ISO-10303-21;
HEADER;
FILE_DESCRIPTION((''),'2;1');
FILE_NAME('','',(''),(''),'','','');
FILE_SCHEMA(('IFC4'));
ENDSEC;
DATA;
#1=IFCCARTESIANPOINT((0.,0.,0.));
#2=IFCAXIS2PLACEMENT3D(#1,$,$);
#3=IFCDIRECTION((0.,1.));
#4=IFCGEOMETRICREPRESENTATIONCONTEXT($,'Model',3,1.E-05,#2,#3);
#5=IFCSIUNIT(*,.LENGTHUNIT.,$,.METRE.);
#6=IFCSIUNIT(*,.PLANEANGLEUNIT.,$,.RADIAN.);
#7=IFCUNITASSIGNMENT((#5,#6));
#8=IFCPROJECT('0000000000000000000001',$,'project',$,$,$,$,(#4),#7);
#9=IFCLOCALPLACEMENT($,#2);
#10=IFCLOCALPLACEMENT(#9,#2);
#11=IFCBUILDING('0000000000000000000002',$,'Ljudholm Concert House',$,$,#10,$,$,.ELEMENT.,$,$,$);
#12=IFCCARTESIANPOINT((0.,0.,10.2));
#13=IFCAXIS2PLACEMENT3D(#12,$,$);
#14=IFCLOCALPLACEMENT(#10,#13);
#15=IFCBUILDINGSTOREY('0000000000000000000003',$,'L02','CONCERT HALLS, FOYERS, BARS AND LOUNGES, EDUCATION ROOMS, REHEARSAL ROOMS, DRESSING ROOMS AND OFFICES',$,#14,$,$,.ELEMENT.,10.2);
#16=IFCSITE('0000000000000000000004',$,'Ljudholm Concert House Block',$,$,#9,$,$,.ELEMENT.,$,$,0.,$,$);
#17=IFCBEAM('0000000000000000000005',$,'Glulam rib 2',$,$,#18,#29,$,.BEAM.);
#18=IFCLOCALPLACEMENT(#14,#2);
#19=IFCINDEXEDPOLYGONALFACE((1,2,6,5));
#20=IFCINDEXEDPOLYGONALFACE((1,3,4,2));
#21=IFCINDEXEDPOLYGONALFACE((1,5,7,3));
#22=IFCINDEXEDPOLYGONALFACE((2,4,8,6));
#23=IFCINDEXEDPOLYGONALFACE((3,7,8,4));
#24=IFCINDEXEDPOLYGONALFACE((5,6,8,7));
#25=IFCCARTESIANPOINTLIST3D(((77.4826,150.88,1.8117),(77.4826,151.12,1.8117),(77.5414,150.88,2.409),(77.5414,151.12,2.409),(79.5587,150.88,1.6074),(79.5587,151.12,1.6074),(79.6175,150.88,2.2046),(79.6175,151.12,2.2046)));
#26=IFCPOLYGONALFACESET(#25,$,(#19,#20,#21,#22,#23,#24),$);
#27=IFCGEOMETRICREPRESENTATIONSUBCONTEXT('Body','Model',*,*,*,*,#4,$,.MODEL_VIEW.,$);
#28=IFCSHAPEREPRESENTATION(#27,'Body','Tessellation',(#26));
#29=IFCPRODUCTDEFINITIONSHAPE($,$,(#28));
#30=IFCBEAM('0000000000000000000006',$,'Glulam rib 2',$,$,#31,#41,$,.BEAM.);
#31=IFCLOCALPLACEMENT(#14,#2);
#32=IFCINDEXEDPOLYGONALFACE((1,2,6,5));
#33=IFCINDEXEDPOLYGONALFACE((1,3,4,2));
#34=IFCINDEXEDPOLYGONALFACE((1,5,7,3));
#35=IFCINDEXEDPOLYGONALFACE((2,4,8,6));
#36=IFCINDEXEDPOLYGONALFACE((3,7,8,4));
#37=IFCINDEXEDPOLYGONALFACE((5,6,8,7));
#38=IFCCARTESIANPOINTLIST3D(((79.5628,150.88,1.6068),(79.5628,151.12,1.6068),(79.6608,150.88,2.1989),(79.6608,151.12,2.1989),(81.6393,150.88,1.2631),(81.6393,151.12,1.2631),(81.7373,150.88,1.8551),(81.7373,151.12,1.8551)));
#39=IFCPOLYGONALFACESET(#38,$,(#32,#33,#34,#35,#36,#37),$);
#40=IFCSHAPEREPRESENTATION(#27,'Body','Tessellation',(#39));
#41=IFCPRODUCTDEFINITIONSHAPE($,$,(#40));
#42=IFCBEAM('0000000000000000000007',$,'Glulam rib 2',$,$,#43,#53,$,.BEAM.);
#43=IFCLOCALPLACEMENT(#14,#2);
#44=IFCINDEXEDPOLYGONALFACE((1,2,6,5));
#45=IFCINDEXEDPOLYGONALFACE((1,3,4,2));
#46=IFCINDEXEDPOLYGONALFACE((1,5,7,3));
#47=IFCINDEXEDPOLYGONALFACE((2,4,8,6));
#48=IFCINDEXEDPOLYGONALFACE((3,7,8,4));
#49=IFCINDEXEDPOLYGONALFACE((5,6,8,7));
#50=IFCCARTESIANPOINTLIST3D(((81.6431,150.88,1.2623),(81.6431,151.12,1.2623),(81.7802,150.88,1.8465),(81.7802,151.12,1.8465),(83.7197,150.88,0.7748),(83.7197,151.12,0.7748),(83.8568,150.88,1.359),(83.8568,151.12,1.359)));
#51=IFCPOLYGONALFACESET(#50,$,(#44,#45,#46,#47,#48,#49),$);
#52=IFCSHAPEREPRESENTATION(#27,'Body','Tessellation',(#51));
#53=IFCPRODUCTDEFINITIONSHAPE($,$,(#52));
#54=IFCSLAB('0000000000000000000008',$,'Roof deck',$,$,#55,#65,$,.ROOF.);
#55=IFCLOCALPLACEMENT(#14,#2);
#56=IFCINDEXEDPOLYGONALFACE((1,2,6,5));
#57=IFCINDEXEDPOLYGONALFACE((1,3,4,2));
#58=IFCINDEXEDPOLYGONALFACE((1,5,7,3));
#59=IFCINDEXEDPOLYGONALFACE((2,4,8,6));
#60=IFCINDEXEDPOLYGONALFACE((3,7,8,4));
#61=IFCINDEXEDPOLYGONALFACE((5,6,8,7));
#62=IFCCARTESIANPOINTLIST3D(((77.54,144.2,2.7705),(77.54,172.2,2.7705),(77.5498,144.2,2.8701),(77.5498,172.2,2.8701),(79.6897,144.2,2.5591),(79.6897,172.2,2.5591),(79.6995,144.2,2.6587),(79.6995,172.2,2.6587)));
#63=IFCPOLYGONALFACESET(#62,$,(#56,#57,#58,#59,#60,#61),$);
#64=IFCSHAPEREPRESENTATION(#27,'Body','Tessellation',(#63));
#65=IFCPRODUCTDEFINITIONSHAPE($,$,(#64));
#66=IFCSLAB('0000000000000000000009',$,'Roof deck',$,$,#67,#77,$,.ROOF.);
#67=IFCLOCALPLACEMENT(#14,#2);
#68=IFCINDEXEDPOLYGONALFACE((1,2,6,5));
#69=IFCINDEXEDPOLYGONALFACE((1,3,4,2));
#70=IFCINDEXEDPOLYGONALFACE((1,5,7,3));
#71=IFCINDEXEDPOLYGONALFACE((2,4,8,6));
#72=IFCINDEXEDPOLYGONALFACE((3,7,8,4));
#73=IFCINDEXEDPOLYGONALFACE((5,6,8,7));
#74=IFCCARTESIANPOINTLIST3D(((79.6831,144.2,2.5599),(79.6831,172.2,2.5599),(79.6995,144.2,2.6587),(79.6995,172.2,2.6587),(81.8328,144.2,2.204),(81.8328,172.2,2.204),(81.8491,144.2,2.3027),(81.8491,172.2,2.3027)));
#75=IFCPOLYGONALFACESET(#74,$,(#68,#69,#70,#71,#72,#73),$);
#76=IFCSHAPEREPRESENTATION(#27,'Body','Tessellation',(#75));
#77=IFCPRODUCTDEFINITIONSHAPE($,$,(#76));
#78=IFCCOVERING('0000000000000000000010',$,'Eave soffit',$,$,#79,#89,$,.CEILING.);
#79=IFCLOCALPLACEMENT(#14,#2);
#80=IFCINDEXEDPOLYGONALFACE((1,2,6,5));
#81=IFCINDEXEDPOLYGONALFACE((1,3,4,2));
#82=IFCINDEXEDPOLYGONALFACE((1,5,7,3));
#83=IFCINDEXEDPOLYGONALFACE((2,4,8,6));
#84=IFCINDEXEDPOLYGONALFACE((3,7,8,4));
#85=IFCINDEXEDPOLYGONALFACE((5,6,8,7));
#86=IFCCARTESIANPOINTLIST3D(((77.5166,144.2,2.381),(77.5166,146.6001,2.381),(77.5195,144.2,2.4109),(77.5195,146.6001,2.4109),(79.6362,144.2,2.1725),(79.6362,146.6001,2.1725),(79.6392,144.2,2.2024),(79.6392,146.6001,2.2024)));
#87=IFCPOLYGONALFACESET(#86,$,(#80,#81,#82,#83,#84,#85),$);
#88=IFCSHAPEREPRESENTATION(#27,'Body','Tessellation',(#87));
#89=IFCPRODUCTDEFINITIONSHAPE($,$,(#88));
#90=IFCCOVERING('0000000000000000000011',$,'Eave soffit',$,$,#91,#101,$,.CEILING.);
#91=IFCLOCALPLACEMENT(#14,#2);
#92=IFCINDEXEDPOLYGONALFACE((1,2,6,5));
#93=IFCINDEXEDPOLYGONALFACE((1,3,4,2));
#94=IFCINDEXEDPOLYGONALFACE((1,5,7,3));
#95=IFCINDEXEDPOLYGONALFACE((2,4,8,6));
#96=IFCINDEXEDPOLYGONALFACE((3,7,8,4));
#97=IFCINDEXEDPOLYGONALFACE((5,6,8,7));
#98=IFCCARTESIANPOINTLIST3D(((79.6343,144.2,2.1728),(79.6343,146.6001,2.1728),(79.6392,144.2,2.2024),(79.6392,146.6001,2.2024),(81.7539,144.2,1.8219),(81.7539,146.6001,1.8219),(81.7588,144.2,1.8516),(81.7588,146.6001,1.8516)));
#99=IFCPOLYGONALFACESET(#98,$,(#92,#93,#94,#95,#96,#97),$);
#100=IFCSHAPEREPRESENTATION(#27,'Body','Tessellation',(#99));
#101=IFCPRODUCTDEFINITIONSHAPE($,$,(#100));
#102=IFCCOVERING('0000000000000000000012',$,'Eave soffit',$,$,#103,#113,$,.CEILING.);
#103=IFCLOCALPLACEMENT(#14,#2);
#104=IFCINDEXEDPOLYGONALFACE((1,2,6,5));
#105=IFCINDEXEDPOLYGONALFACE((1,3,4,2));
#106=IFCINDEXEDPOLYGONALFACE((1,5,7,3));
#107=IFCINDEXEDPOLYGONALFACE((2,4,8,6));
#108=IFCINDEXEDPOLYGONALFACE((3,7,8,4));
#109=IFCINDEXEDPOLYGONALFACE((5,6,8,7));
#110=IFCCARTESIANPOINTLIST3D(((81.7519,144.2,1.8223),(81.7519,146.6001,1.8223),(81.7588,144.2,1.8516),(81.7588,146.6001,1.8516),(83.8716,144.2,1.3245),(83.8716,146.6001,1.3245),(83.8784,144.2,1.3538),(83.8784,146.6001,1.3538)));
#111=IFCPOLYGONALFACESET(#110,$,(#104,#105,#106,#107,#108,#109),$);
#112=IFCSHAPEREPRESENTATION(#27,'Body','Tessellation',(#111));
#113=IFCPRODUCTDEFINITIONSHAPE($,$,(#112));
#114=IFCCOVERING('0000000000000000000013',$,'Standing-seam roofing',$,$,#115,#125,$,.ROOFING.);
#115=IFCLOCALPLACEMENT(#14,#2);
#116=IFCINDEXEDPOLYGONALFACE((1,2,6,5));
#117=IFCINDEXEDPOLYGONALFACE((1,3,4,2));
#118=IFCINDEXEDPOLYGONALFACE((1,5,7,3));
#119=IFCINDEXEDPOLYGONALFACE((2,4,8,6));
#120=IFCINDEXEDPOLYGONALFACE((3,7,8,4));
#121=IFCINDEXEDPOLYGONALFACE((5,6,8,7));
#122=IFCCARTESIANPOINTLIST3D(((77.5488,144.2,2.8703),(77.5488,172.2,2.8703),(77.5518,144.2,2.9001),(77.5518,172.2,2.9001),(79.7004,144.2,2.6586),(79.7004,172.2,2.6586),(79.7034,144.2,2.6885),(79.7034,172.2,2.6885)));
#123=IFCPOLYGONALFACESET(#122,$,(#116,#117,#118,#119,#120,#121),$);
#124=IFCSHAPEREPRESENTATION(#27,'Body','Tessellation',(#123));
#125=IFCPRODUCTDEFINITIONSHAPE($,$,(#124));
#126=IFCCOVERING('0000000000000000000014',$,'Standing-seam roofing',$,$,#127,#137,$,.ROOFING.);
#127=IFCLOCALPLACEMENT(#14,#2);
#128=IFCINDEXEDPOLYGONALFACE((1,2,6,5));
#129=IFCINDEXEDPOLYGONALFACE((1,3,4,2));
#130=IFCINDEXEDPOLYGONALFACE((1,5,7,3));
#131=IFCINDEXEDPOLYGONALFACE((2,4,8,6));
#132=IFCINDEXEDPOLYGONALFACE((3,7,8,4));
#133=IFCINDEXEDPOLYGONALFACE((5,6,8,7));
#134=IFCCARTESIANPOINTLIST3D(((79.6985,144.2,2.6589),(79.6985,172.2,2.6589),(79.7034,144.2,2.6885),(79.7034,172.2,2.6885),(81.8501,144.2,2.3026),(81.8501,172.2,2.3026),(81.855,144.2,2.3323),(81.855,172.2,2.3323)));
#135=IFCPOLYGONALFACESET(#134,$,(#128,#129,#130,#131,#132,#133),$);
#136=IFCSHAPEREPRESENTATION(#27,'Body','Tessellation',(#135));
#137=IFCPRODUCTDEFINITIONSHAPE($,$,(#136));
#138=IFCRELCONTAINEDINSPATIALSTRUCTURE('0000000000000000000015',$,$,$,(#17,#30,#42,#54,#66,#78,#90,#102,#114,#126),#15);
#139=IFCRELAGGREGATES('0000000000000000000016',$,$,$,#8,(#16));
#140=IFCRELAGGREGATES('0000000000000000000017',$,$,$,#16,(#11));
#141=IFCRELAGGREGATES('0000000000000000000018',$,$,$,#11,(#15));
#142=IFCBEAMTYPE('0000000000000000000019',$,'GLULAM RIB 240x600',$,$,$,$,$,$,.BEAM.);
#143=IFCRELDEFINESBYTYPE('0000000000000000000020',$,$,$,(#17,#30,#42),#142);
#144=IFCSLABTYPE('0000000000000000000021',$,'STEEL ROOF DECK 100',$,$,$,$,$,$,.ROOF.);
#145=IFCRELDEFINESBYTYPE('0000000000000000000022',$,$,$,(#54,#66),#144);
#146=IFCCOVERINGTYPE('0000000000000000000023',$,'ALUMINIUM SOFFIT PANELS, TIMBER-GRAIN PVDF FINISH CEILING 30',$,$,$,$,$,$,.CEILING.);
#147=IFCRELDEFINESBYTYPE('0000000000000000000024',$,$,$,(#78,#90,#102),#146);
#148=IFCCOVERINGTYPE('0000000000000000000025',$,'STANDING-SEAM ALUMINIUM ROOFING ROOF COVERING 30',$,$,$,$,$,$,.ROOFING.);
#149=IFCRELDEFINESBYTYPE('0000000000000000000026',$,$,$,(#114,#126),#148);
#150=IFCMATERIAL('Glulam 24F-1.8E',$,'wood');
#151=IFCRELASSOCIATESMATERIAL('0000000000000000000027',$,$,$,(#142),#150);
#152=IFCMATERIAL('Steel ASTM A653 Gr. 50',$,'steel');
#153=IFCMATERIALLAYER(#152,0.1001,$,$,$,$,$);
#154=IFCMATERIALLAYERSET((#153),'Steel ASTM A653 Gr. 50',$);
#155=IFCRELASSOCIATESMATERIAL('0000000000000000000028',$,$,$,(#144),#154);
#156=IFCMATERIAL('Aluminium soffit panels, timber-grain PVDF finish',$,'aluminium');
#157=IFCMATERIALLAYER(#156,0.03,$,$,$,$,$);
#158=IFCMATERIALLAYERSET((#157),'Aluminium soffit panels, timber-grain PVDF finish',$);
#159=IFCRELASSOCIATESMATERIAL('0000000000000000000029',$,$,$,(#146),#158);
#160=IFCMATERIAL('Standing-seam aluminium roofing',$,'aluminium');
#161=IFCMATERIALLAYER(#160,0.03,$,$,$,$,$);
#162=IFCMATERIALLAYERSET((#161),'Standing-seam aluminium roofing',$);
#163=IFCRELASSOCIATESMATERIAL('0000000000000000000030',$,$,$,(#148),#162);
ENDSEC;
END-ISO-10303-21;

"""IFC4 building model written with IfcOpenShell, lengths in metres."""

from ifc_helpers import new_model, si_unit, direction, frame, origin, origin_2d, place, context, subcontext, project, spatial, polyline, rectangle, outline, extrude, material, layer, layer_set, material_profile, profile_set, type_object, element, save


model = new_model("IFC4")

# Units and contexts
model_context = context("Model", 3, precision=1e-05, world=origin(), true_north=direction((0.0, 1.0)))
body_context = subcontext(model_context, "Body", "Model", "MODEL_VIEW")
ifc_project = project(units=[si_unit("LENGTHUNIT", "METRE"), si_unit("PLANEANGLEUNIT", "RADIAN")], contexts=[model_context])

# Site, building, storey
site_placement = place(None, origin())
site = spatial("IfcSite", under=ifc_project, at=site_placement, Name="Ljudholm Concert House Block", CompositionType="ELEMENT", RefElevation=0.0)
building_placement = place(site_placement, origin())
building = spatial("IfcBuilding", under=site, at=building_placement, Name="Ljudholm Concert House", CompositionType="ELEMENT")
storey_placement = place(building_placement, frame((0.0, 0.0, 10.2)))
storey = spatial("IfcBuildingStorey", under=building, at=storey_placement, Name="L02", Description="CONCERT HALLS, FOYERS, BARS AND LOUNGES, EDUCATION ROOMS, REHEARSAL ROOMS, DRESSING ROOMS AND OFFICES", CompositionType="ELEMENT", Elevation=10.2)

# Beams
ifc_material_1 = material(Name="Glulam 24F-1.8E", Category="wood")
ifc_material_profile_1 = material_profile(ifc_material_1, rectangle(XDim=0.24, YDim=0.6001, at=origin_2d()), Name="GLULAM RIB 240x600")
ifc_profile_set_1 = profile_set([ifc_material_profile_1], Name="Glulam 24F-1.8E")
beam_type = type_object("IfcBeamType", Name="GLULAM RIB 240x600", PredefinedType="BEAM", material=ifc_profile_set_1)
beam_1_placement = place(storey_placement, frame((77.512, 151.0, 2.1104), z_axis=(0.995191, 0.0, -0.097951), x_axis=(0.0, 1.0, 0.0)))
element("IfcBeam", 1, at=beam_1_placement, inside=storey, type_object=beam_type, Name="Glulam rib 2", PredefinedType="BEAM", context=body_context, shape_type="SweptSolid", body=[
    extrude(rectangle(XDim=0.24, YDim=0.6001, at=origin_2d()), origin(), (0.0, 0.0, 1.0), 2.0862),
])
beam_2_placement = place(storey_placement, frame((79.6118, 151.0, 1.9028), z_axis=(0.986572, 0.0, -0.163327), x_axis=(0.0, 1.0, 0.0)))
element("IfcBeam", 2, at=beam_2_placement, inside=storey, type_object=beam_type, Name="Glulam rib 2", PredefinedType="BEAM", context=body_context, shape_type="SweptSolid", body=[
    extrude(rectangle(XDim=0.24, YDim=0.6001, at=origin_2d()), origin(), (0.0, 0.0, 1.0), 2.1047),
])
beam_3_placement = place(storey_placement, frame((81.7117, 151.0, 1.5544), z_axis=(0.97353, 0.0, -0.228561), x_axis=(0.0, 1.0, 0.0)))
element("IfcBeam", 3, at=beam_3_placement, inside=storey, type_object=beam_type, Name="Glulam rib 2", PredefinedType="BEAM", context=body_context, shape_type="SweptSolid", body=[
    extrude(rectangle(XDim=0.24, YDim=0.6001, at=origin_2d()), origin(), (0.0, 0.0, 1.0), 2.1331),
])

# Slabs
ifc_material_2 = material(Name="Steel ASTM A653 Gr. 50", Category="steel")
ifc_layer_1 = layer(ifc_material_2, 0.1001)
ifc_layer_set_1 = layer_set([ifc_layer_1], Name="Steel ASTM A653 Gr. 50")
slab_type = type_object("IfcSlabType", Name="STEEL ROOF DECK 100", PredefinedType="ROOF", material=ifc_layer_set_1)
slab_1_placement = place(storey_placement, frame((77.5498, 144.2, 2.8701), z_axis=(0.097881, 0.0, 0.995198), x_axis=(0.995198, 0.0, -0.097881)))
element("IfcSlab", 4, at=slab_1_placement, inside=storey, type_object=slab_type, Name="Roof deck", PredefinedType="ROOF", context=body_context, shape_type="SweptSolid", body=[
    extrude(outline(polyline([(0.0, 0.0), (2.16, 0.0), (2.16, 28.0), (0.0, 28.0), (0.0, 0.0)])), origin(), (0.0, 0.0, -1.0), 0.1001),
])
slab_2_placement = place(storey_placement, frame((79.6995, 144.2, 2.6587), z_axis=(0.163363, 0.0, 0.986566), x_axis=(0.986566, 0.0, -0.163363)))
element("IfcSlab", 5, at=slab_2_placement, inside=storey, type_object=slab_type, Name="Roof deck", PredefinedType="ROOF", context=body_context, shape_type="SweptSolid", body=[
    extrude(outline(polyline([(0.0, 0.0), (2.1789, 0.0), (2.1789, 28.0), (0.0, 28.0), (0.0, 0.0)])), origin(), (0.0, 0.0, -1.0), 0.1001),
])

# Coverings
ifc_material_3 = material(Name="Aluminium soffit panels, timber-grain PVDF finish", Category="aluminium")
ifc_layer_2 = layer(ifc_material_3, 0.03)
ifc_layer_set_2 = layer_set([ifc_layer_2], Name="Aluminium soffit panels, timber-grain PVDF finish")
covering_type_1 = type_object("IfcCoveringType", Name="ALUMINIUM SOFFIT PANELS, TIMBER-GRAIN PVDF FINISH CEILING 30", PredefinedType="CEILING", material=ifc_layer_set_2)
covering_1_placement = place(storey_placement, frame((77.5195, 144.2, 2.4109), z_axis=(0.097892, 0.0, 0.995197), x_axis=(0.995197, 0.0, -0.097892)))
element("IfcCovering", 6, at=covering_1_placement, inside=storey, type_object=covering_type_1, Name="Eave soffit", PredefinedType="CEILING", context=body_context, shape_type="SweptSolid", body=[
    extrude(outline(polyline([(0.0, 0.0), (2.1299, 0.0), (2.1299, 2.4001), (0.0, 2.4001), (0.0, 0.0)])), origin(), (0.0, 0.0, -1.0), 0.03),
])
covering_2_placement = place(storey_placement, frame((79.6392, 144.2, 2.2024), z_axis=(0.163293, 0.0, 0.986578), x_axis=(0.986578, 0.0, -0.163293)))
element("IfcCovering", 7, at=covering_2_placement, inside=storey, type_object=covering_type_1, Name="Eave soffit", PredefinedType="CEILING", context=body_context, shape_type="SweptSolid", body=[
    extrude(outline(polyline([(0.0, 0.0), (2.1485, 0.0), (2.1485, 2.4001), (0.0, 2.4001), (0.0, 0.0)])), origin(), (0.0, 0.0, -1.0), 0.03),
])
covering_3_placement = place(storey_placement, frame((81.7588, 144.2, 1.8516), z_axis=(0.228633, 0.0, 0.973513), x_axis=(0.973513, 0.0, -0.228633)))
element("IfcCovering", 8, at=covering_3_placement, inside=storey, type_object=covering_type_1, Name="Eave soffit", PredefinedType="CEILING", context=body_context, shape_type="SweptSolid", body=[
    extrude(outline(polyline([(0.0, 0.0), (2.1773, 0.0), (2.1773, 2.4001), (0.0, 2.4001), (0.0, 0.0)])), origin(), (0.0, 0.0, -1.0), 0.03),
])
ifc_material_4 = material(Name="Standing-seam aluminium roofing", Category="aluminium")
ifc_layer_3 = layer(ifc_material_4, 0.03)
ifc_layer_set_3 = layer_set([ifc_layer_3], Name="Standing-seam aluminium roofing")
covering_type_2 = type_object("IfcCoveringType", Name="STANDING-SEAM ALUMINIUM ROOFING ROOF COVERING 30", PredefinedType="ROOFING", material=ifc_layer_set_3)
covering_4_placement = place(storey_placement, frame((77.5518, 144.2, 2.9001), z_axis=(0.097905, 0.0, 0.995196), x_axis=(0.995196, 0.0, -0.097905)))
element("IfcCovering", 9, at=covering_4_placement, inside=storey, type_object=covering_type_2, Name="Standing-seam roofing", PredefinedType="ROOFING", context=body_context, shape_type="SweptSolid", body=[
    extrude(outline(polyline([(0.0, 0.0), (2.162, 0.0), (2.162, 28.0), (0.0, 28.0), (0.0, 0.0)])), origin(), (0.0, 0.0, -1.0), 0.03),
])
covering_5_placement = place(storey_placement, frame((79.7034, 144.2, 2.6885), z_axis=(0.163328, 0.0, 0.986572), x_axis=(0.986572, 0.0, -0.163328)))
element("IfcCovering", 10, at=covering_5_placement, inside=storey, type_object=covering_type_2, Name="Standing-seam roofing", PredefinedType="ROOFING", context=body_context, shape_type="SweptSolid", body=[
    extrude(outline(polyline([(0.0, 0.0), (2.1809, 0.0), (2.1809, 28.0), (0.0, 28.0), (0.0, 0.0)])), origin(), (0.0, 0.0, -1.0), 0.03),
])

save(model, "model.ifc")
